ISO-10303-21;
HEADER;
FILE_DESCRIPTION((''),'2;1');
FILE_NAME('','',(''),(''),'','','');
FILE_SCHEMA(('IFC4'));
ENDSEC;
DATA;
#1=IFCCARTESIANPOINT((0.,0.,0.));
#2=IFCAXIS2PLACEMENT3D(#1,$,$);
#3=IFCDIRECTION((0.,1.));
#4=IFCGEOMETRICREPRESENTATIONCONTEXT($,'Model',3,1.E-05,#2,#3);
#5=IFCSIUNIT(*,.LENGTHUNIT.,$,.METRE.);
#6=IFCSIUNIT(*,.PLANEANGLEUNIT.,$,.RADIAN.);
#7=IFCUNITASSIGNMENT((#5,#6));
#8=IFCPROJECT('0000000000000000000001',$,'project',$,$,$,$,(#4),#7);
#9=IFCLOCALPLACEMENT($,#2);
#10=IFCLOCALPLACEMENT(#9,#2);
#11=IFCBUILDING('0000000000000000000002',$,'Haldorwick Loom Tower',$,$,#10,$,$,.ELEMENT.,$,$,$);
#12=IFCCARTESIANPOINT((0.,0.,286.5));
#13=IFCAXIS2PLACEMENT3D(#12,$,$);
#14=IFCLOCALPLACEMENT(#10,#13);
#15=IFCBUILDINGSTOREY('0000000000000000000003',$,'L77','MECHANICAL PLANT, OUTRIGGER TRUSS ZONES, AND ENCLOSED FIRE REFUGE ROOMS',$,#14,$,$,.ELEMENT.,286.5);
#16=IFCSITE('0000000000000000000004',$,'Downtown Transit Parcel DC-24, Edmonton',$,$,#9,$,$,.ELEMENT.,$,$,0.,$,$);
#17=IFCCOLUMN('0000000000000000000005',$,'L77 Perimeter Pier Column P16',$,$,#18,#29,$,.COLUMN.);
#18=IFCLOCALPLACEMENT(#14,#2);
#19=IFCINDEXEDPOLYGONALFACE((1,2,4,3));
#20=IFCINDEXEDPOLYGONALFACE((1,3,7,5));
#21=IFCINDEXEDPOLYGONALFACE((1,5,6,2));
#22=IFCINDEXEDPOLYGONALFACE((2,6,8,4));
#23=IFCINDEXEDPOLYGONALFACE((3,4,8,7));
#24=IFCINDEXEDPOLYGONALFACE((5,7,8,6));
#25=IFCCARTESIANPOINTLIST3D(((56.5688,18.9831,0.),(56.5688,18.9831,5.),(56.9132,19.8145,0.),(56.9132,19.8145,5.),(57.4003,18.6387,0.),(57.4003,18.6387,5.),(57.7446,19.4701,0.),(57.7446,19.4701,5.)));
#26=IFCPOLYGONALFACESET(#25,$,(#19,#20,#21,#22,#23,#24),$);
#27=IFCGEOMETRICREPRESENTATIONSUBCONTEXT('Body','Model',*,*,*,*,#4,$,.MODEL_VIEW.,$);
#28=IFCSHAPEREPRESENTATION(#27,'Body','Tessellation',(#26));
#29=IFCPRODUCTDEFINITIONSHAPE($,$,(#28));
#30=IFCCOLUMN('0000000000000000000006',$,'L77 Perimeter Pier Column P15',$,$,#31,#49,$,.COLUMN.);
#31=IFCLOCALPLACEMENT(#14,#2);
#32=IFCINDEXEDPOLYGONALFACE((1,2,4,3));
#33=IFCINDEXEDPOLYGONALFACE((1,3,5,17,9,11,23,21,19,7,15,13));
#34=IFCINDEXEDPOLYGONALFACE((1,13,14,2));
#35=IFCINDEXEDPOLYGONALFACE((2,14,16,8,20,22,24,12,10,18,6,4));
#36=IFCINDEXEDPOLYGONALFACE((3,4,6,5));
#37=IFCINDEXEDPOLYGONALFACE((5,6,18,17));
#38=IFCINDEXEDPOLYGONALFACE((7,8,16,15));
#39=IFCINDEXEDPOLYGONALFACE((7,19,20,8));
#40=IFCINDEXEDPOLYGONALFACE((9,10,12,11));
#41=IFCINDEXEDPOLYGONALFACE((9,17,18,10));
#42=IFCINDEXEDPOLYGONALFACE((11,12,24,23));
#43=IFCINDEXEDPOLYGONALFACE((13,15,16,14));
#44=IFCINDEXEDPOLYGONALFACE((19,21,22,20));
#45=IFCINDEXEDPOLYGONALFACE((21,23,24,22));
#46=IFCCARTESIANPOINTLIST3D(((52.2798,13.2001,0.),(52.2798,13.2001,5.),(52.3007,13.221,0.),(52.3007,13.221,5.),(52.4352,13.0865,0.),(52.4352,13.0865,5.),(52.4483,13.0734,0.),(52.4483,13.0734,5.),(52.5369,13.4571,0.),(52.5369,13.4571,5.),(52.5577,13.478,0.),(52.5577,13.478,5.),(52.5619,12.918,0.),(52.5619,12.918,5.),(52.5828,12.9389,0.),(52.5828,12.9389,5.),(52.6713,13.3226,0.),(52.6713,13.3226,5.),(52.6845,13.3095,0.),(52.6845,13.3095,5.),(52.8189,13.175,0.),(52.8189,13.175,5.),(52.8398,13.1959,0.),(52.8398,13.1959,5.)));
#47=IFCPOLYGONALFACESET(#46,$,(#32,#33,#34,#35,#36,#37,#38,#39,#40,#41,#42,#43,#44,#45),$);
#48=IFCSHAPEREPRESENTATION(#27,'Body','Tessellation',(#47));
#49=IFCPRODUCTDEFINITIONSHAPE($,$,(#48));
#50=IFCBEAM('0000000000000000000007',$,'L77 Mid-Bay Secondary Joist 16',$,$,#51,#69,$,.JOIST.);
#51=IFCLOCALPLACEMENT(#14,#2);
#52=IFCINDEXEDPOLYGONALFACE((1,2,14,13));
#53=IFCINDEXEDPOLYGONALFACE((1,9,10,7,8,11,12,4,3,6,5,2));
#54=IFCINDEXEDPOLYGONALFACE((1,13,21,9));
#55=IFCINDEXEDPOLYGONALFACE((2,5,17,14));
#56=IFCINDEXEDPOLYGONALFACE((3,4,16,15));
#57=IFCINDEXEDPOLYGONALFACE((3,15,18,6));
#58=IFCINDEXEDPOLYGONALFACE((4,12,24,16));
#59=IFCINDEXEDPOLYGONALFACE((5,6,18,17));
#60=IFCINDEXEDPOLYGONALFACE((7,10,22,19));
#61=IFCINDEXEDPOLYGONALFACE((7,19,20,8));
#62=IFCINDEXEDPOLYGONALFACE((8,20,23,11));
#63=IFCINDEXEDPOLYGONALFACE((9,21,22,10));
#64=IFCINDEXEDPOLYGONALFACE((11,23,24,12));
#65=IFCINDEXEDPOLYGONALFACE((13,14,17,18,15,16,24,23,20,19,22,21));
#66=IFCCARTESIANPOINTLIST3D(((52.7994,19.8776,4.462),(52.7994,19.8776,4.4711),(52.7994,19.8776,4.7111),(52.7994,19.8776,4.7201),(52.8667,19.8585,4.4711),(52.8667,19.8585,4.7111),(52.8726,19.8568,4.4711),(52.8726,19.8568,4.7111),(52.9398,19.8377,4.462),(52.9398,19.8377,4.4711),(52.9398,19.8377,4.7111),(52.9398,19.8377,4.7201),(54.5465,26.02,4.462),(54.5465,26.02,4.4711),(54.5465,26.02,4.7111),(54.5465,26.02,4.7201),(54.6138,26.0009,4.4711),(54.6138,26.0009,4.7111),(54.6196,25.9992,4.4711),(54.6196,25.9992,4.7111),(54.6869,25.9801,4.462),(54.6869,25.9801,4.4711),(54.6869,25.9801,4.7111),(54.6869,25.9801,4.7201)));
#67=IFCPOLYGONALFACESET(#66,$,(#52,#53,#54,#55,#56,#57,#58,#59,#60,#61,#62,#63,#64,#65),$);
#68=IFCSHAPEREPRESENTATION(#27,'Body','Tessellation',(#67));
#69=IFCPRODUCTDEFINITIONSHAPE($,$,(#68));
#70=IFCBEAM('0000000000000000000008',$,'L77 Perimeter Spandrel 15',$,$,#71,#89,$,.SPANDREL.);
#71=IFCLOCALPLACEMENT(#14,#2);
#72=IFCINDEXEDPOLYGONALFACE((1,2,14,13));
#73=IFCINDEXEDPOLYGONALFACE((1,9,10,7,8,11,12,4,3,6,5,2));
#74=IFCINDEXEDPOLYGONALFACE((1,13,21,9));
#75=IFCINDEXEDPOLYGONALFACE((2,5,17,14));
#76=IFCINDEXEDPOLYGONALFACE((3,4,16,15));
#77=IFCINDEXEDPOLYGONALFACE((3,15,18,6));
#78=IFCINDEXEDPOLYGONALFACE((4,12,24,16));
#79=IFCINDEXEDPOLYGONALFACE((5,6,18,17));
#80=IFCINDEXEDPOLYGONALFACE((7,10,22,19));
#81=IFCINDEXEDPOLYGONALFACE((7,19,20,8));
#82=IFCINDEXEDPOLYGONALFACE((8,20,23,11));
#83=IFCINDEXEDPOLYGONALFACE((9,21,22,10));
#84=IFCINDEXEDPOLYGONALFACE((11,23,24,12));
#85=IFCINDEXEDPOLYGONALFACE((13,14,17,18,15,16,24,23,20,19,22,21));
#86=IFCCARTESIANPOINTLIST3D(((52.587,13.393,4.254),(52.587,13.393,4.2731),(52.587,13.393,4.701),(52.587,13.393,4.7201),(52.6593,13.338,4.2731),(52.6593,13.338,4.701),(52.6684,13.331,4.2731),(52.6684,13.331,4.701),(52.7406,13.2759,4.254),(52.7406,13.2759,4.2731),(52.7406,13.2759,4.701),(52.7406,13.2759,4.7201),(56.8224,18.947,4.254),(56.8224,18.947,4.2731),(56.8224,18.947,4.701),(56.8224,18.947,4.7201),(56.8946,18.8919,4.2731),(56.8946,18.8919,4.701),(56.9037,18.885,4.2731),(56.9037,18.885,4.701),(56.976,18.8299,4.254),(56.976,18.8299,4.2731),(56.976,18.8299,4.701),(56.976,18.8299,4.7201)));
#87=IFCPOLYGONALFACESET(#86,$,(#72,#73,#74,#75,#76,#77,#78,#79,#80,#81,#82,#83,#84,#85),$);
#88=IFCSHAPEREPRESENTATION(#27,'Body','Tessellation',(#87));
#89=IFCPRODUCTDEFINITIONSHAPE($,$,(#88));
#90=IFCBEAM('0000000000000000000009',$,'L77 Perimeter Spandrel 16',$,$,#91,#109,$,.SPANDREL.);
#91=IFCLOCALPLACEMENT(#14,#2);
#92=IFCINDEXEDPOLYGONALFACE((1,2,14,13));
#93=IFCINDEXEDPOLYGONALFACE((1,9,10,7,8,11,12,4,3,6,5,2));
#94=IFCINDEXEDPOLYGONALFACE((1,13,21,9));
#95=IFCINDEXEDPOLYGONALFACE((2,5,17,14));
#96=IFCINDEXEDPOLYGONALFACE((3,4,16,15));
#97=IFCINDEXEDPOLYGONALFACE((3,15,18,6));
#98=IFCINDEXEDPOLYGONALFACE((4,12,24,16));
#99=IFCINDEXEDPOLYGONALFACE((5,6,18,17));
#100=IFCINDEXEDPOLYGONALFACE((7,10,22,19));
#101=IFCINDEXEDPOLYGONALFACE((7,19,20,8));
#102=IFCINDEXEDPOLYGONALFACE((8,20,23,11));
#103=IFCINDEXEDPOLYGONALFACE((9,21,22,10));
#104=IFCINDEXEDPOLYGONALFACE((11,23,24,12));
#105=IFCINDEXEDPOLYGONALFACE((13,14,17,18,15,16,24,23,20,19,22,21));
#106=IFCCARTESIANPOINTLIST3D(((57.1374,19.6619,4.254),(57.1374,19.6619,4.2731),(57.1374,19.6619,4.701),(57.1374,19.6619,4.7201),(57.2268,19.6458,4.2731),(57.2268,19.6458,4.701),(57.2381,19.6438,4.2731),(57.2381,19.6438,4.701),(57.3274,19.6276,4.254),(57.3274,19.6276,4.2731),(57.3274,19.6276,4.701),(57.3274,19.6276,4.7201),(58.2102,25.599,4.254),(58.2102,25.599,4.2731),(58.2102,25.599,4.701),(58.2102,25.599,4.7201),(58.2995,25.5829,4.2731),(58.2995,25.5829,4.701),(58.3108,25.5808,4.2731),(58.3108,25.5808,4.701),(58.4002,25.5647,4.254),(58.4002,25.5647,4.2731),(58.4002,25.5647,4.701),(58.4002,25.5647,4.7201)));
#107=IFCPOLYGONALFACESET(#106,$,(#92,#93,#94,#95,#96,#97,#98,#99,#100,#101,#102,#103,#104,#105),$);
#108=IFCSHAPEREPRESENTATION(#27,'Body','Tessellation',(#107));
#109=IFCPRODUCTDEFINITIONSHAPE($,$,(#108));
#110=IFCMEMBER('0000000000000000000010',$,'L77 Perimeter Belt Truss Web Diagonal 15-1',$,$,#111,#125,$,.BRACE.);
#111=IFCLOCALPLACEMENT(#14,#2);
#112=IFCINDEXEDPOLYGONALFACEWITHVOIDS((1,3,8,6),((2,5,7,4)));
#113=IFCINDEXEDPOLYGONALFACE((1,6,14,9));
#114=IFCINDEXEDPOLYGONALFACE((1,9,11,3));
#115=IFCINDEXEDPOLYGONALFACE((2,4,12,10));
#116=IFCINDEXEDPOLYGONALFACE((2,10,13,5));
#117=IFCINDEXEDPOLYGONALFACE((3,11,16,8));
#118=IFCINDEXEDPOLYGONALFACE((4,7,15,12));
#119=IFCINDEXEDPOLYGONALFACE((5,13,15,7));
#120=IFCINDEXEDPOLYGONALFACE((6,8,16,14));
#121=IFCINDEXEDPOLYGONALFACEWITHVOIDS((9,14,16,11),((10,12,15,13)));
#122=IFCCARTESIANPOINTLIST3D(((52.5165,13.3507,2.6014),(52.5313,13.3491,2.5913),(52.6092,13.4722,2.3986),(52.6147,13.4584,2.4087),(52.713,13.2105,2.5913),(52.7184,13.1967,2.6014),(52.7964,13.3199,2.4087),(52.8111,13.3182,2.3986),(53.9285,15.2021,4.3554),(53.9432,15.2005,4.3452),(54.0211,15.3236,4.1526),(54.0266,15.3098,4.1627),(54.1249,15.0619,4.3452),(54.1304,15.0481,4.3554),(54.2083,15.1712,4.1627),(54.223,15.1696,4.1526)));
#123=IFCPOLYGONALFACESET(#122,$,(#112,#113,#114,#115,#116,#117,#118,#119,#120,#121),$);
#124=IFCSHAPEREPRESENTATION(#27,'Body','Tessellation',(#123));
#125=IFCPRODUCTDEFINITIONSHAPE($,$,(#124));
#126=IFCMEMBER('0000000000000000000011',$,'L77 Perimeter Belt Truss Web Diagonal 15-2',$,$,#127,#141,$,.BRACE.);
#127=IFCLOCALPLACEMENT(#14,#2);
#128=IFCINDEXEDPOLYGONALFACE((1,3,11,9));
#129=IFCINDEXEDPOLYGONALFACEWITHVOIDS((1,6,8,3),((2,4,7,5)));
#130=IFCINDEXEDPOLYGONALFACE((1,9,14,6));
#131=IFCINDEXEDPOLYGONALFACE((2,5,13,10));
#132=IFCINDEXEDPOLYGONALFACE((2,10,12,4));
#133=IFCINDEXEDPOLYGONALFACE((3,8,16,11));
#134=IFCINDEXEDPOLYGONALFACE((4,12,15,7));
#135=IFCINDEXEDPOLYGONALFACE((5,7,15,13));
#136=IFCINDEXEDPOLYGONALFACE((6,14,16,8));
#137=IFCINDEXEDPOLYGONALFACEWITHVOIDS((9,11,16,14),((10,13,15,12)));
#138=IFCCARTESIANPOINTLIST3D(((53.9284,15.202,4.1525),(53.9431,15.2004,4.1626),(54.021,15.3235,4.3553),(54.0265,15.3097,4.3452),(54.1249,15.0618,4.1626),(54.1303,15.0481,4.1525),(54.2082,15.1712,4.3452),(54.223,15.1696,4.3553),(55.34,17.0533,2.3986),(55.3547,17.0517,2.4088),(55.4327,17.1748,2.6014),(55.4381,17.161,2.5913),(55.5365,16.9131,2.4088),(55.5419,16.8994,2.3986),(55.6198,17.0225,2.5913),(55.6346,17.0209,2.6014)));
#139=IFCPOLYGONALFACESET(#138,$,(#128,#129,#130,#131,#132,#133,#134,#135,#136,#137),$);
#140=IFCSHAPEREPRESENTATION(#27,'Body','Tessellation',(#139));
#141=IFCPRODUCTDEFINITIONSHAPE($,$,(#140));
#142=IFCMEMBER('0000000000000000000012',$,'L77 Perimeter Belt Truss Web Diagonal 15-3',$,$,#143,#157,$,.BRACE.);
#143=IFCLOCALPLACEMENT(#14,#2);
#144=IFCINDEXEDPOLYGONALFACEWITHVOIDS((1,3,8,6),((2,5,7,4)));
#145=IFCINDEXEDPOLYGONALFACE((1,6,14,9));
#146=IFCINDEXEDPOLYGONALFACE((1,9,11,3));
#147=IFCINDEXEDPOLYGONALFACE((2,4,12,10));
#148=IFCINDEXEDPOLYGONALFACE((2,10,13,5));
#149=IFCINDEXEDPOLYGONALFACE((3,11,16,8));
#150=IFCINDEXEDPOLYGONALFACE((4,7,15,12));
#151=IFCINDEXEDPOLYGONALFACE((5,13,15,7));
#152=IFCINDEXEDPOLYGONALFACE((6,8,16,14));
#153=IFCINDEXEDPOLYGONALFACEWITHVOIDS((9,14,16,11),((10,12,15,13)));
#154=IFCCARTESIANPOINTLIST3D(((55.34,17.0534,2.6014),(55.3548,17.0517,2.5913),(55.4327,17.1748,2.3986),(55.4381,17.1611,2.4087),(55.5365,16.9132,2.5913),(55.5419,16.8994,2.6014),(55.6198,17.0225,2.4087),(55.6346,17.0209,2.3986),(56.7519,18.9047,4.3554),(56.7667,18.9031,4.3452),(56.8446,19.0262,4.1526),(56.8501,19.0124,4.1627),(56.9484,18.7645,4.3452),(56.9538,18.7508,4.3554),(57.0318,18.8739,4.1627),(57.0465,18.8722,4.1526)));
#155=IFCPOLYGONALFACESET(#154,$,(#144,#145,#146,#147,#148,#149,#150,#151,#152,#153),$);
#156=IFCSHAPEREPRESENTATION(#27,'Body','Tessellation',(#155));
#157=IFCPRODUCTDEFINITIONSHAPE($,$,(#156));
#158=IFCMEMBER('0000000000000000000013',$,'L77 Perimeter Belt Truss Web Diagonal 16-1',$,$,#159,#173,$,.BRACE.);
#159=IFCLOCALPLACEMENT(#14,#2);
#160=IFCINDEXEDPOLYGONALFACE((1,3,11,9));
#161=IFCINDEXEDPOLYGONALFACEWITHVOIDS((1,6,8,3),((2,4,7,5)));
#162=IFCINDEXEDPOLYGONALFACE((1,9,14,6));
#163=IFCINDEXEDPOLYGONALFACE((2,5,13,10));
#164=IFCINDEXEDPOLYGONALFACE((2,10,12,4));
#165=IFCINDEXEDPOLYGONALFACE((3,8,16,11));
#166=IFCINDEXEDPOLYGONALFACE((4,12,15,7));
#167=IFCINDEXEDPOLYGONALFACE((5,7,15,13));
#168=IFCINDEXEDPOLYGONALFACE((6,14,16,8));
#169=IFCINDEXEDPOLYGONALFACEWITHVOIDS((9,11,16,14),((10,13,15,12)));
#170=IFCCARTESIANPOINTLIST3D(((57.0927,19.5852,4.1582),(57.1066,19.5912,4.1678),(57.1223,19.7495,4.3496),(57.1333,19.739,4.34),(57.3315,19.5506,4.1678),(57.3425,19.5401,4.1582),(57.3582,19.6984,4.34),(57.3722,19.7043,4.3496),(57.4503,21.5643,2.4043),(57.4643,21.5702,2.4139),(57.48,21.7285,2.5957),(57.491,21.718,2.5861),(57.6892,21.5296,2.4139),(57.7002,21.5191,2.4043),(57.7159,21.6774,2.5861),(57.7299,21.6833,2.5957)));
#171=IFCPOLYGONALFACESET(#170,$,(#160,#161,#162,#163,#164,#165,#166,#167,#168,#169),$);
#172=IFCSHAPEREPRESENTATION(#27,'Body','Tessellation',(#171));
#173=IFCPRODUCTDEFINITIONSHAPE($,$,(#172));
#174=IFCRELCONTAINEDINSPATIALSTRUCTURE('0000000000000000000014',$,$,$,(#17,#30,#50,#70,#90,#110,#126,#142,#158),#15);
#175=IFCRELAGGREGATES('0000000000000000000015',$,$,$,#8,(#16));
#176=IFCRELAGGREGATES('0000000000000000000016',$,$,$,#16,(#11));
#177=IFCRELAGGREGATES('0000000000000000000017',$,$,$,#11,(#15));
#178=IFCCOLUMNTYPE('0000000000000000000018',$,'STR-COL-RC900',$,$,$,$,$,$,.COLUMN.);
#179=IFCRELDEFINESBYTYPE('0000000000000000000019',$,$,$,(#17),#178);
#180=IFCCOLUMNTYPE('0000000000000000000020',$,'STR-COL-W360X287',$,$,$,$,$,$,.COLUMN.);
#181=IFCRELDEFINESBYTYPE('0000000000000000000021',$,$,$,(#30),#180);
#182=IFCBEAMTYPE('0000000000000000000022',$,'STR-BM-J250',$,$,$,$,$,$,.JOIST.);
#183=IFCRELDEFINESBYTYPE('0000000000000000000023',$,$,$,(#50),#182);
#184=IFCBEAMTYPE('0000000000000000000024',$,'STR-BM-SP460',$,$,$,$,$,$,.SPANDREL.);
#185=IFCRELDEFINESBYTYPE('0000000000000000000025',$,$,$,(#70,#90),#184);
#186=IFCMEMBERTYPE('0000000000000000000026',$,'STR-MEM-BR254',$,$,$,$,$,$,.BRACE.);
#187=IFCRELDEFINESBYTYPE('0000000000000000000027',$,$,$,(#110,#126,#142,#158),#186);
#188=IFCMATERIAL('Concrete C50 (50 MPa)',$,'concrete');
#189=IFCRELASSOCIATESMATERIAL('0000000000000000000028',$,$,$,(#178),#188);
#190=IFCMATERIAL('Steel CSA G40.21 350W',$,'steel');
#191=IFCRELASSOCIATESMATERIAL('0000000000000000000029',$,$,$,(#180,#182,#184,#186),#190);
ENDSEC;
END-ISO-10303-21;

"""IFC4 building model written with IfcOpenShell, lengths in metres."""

from ifc_helpers import new_model, si_unit, direction, frame, origin, origin_2d, place, context, subcontext, project, spatial, rectangle, hollow_rectangle, i_section, extrude, material, material_profile, profile_set, type_object, element, save


model = new_model("IFC4")

# Units and contexts
model_context = context("Model", 3, precision=1e-05, world=origin(), true_north=direction((0.0, 1.0)))
body_context = subcontext(model_context, "Body", "Model", "MODEL_VIEW")
ifc_project = project(units=[si_unit("LENGTHUNIT", "METRE"), si_unit("PLANEANGLEUNIT", "RADIAN")], contexts=[model_context])

# Site, building, storey
site_placement = place(None, origin())
site = spatial("IfcSite", under=ifc_project, at=site_placement, Name="Downtown Transit Parcel DC-24, Edmonton", CompositionType="ELEMENT", RefElevation=0.0)
building_placement = place(site_placement, origin())
building = spatial("IfcBuilding", under=site, at=building_placement, Name="Haldorwick Loom Tower", CompositionType="ELEMENT")
storey_placement = place(building_placement, frame((0.0, 0.0, 286.5)))
storey = spatial("IfcBuildingStorey", under=building, at=storey_placement, Name="L77", Description="MECHANICAL PLANT, OUTRIGGER TRUSS ZONES, AND ENCLOSED FIRE REFUGE ROOMS", CompositionType="ELEMENT", Elevation=286.5)

# Columns
ifc_material_1 = material(Name="Concrete C50 (50 MPa)", Category="concrete")
ifc_material_profile_1 = material_profile(ifc_material_1, rectangle(XDim=0.8999, YDim=0.8999, at=origin_2d()), Name="RC900X900", Category="concrete")
ifc_profile_set_1 = profile_set([ifc_material_profile_1], Name="Concrete C50 (50 MPa)")
column_type_1 = type_object("IfcColumnType", Name="STR-COL-RC900", PredefinedType="COLUMN", material=ifc_profile_set_1)
column_1_placement = place(storey_placement, frame((57.1567, 19.2266, 0.0), z_axis=(0.0, 0.0, 1.0), x_axis=(0.92388, -0.382683, 0.0)))
element("IfcColumn", 1, at=column_1_placement, inside=storey, type_object=column_type_1, Name="L77 Perimeter Pier Column P16", PredefinedType="COLUMN", context=body_context, shape_type="SweptSolid", body=[
    extrude(rectangle(XDim=0.8999, YDim=0.8999, at=origin_2d()), origin(), (0.0, 0.0, 1.0), 5.0),
])
ifc_material_2 = material(Name="Steel CSA G40.21 350W", Category="steel")
ifc_material_profile_2 = material_profile(ifc_material_2, i_section(OverallWidth=0.3989, OverallDepth=0.3931, WebThickness=0.0186, FlangeThickness=0.0295, at=origin_2d()), Name="W360X287", Category="steel")
ifc_profile_set_2 = profile_set([ifc_material_profile_2], Name="Steel CSA G40.21 350W")
column_type_2 = type_object("IfcColumnType", Name="STR-COL-W360X287", PredefinedType="COLUMN", material=ifc_profile_set_2)
column_2_placement = place(storey_placement, frame((52.5598, 13.198, 0.0), z_axis=(0.0, 0.0, 1.0), x_axis=(0.707107, -0.707107, 0.0)))
element("IfcColumn", 2, at=column_2_placement, inside=storey, type_object=column_type_2, Name="L77 Perimeter Pier Column P15", PredefinedType="COLUMN", context=body_context, shape_type="SweptSolid", body=[
    extrude(i_section(OverallWidth=0.3989, OverallDepth=0.3931, WebThickness=0.0186, FlangeThickness=0.0295, at=origin_2d()), origin(), (0.0, 0.0, 1.0), 5.0),
])

# Beams
ifc_material_profile_3 = material_profile(ifc_material_2, i_section(OverallWidth=0.146, OverallDepth=0.2581, WebThickness=0.0061, FlangeThickness=0.009, at=origin_2d()), Name="W250X33", Category="steel")
ifc_profile_set_3 = profile_set([ifc_material_profile_3], Name="Steel CSA G40.21 350W")
beam_type_1 = type_object("IfcBeamType", Name="STR-BM-J250", PredefinedType="JOIST", material=ifc_profile_set_3)
beam_1_placement = place(storey_placement, frame((52.8696, 19.8577, 4.5911), z_axis=(0.27358, 0.961849, 0.0), x_axis=(-0.961849, 0.27358, 0.0)))
element("IfcBeam", 3, at=beam_1_placement, inside=storey, type_object=beam_type_1, Name="L77 Mid-Bay Secondary Joist 16", PredefinedType="JOIST", context=body_context, shape_type="SweptSolid", body=[
    extrude(i_section(OverallWidth=0.146, OverallDepth=0.2581, WebThickness=0.0061, FlangeThickness=0.009, at=origin_2d()), origin(), (0.0, 0.0, 1.0), 6.386),
])
ifc_material_profile_4 = material_profile(ifc_material_2, i_section(OverallWidth=0.1931, OverallDepth=0.4661, WebThickness=0.0115, FlangeThickness=0.019, at=origin_2d()), Name="W460X97", Category="steel")
ifc_profile_set_4 = profile_set([ifc_material_profile_4], Name="Steel CSA G40.21 350W")
beam_type_2 = type_object("IfcBeamType", Name="STR-BM-SP460", PredefinedType="SPANDREL", material=ifc_profile_set_4)
beam_2_placement = place(storey_placement, frame((52.6638, 13.3345, 4.4871), z_axis=(0.606384, 0.795172, 0.0), x_axis=(-0.795172, 0.606384, 0.0)))
element("IfcBeam", 4, at=beam_2_placement, inside=storey, type_object=beam_type_2, Name="L77 Perimeter Spandrel 15", PredefinedType="SPANDREL", context=body_context, shape_type="SweptSolid", body=[
    extrude(i_section(OverallWidth=0.1931, OverallDepth=0.4661, WebThickness=0.0115, FlangeThickness=0.019, at=origin_2d()), origin(), (0.0, 0.0, 1.0), 6.9846),
])
beam_3_placement = place(storey_placement, frame((57.2324, 19.6448, 4.4871), z_axis=(0.17781, 0.984065, 0.0), x_axis=(-0.984065, 0.17781, 0.0)))
element("IfcBeam", 5, at=beam_3_placement, inside=storey, type_object=beam_type_2, Name="L77 Perimeter Spandrel 16", PredefinedType="SPANDREL", context=body_context, shape_type="SweptSolid", body=[
    extrude(i_section(OverallWidth=0.1931, OverallDepth=0.4661, WebThickness=0.0115, FlangeThickness=0.019, at=origin_2d()), origin(), (0.0, 0.0, 1.0), 6.0332),
])

# Members
ifc_material_profile_5 = material_profile(ifc_material_2, hollow_rectangle(XDim=0.2539, YDim=0.2539, WallThickness=0.0127, at=origin_2d()), Name="HSS254X254X13", Category="steel")
ifc_profile_set_5 = profile_set([ifc_material_profile_5], Name="Steel CSA G40.21 350W")
member_type_1 = type_object("IfcMemberType", Name="STR-MEM-BR254", PredefinedType="BRACE", material=ifc_profile_set_5)
member_1_placement = place(storey_placement, frame((52.6638, 13.3345, 2.5), z_axis=(0.484353, 0.635112, 0.601694), x_axis=(-0.795155, 0.606406, 0.0)))
element("IfcMember", 6, at=member_1_placement, inside=storey, type_object=member_type_1, Name="L77 Perimeter Belt Truss Web Diagonal 15-1", PredefinedType="BRACE", context=body_context, shape_type="SweptSolid", body=[
    extrude(hollow_rectangle(XDim=0.2539, YDim=0.2539, WallThickness=0.0127, at=origin_2d()), origin(), (0.0, 0.0, 1.0), 2.915),
])
member_2_placement = place(storey_placement, frame((54.0757, 15.1858, 4.2539), z_axis=(0.484289, 0.635137, -0.601718), x_axis=(-0.795205, 0.60634, 0.0)))
element("IfcMember", 7, at=member_2_placement, inside=storey, type_object=member_type_1, Name="L77 Perimeter Belt Truss Web Diagonal 15-2", PredefinedType="BRACE", context=body_context, shape_type="SweptSolid", body=[
    extrude(hollow_rectangle(XDim=0.2539, YDim=0.2539, WallThickness=0.0127, at=origin_2d()), origin(), (0.0, 0.0, 1.0), 2.9148),
])
member_3_placement = place(storey_placement, frame((55.4873, 17.0371, 2.5), z_axis=(0.484353, 0.635112, 0.601694), x_axis=(-0.795155, 0.606406, 0.0)))
element("IfcMember", 8, at=member_3_placement, inside=storey, type_object=member_type_1, Name="L77 Perimeter Belt Truss Web Diagonal 15-3", PredefinedType="BRACE", context=body_context, shape_type="SweptSolid", body=[
    extrude(hollow_rectangle(XDim=0.2539, YDim=0.2539, WallThickness=0.0127, at=origin_2d()), origin(), (0.0, 0.0, 1.0), 2.915),
])
for number, where, z_axis, x_axis, name in (
    (9, (57.2324, 19.6448, 4.2539), (0.134036, 0.741633, -0.657278), (-0.984058, 0.177849, 0.0), "L77 Perimeter Belt Truss Web Diagonal 16-1"),
):
    element("IfcMember", number, at=place(storey_placement, frame(where, z_axis=z_axis, x_axis=x_axis)), inside=storey, type_object=member_type_1, Name=name, PredefinedType="BRACE", context=body_context, shape_type="SweptSolid", body=[
        extrude(hollow_rectangle(XDim=0.2539, YDim=0.2539, WallThickness=0.0127, at=origin_2d()), origin(), (0.0, 0.0, 1.0), 2.6685),
    ])

save(model, "model.ifc")
